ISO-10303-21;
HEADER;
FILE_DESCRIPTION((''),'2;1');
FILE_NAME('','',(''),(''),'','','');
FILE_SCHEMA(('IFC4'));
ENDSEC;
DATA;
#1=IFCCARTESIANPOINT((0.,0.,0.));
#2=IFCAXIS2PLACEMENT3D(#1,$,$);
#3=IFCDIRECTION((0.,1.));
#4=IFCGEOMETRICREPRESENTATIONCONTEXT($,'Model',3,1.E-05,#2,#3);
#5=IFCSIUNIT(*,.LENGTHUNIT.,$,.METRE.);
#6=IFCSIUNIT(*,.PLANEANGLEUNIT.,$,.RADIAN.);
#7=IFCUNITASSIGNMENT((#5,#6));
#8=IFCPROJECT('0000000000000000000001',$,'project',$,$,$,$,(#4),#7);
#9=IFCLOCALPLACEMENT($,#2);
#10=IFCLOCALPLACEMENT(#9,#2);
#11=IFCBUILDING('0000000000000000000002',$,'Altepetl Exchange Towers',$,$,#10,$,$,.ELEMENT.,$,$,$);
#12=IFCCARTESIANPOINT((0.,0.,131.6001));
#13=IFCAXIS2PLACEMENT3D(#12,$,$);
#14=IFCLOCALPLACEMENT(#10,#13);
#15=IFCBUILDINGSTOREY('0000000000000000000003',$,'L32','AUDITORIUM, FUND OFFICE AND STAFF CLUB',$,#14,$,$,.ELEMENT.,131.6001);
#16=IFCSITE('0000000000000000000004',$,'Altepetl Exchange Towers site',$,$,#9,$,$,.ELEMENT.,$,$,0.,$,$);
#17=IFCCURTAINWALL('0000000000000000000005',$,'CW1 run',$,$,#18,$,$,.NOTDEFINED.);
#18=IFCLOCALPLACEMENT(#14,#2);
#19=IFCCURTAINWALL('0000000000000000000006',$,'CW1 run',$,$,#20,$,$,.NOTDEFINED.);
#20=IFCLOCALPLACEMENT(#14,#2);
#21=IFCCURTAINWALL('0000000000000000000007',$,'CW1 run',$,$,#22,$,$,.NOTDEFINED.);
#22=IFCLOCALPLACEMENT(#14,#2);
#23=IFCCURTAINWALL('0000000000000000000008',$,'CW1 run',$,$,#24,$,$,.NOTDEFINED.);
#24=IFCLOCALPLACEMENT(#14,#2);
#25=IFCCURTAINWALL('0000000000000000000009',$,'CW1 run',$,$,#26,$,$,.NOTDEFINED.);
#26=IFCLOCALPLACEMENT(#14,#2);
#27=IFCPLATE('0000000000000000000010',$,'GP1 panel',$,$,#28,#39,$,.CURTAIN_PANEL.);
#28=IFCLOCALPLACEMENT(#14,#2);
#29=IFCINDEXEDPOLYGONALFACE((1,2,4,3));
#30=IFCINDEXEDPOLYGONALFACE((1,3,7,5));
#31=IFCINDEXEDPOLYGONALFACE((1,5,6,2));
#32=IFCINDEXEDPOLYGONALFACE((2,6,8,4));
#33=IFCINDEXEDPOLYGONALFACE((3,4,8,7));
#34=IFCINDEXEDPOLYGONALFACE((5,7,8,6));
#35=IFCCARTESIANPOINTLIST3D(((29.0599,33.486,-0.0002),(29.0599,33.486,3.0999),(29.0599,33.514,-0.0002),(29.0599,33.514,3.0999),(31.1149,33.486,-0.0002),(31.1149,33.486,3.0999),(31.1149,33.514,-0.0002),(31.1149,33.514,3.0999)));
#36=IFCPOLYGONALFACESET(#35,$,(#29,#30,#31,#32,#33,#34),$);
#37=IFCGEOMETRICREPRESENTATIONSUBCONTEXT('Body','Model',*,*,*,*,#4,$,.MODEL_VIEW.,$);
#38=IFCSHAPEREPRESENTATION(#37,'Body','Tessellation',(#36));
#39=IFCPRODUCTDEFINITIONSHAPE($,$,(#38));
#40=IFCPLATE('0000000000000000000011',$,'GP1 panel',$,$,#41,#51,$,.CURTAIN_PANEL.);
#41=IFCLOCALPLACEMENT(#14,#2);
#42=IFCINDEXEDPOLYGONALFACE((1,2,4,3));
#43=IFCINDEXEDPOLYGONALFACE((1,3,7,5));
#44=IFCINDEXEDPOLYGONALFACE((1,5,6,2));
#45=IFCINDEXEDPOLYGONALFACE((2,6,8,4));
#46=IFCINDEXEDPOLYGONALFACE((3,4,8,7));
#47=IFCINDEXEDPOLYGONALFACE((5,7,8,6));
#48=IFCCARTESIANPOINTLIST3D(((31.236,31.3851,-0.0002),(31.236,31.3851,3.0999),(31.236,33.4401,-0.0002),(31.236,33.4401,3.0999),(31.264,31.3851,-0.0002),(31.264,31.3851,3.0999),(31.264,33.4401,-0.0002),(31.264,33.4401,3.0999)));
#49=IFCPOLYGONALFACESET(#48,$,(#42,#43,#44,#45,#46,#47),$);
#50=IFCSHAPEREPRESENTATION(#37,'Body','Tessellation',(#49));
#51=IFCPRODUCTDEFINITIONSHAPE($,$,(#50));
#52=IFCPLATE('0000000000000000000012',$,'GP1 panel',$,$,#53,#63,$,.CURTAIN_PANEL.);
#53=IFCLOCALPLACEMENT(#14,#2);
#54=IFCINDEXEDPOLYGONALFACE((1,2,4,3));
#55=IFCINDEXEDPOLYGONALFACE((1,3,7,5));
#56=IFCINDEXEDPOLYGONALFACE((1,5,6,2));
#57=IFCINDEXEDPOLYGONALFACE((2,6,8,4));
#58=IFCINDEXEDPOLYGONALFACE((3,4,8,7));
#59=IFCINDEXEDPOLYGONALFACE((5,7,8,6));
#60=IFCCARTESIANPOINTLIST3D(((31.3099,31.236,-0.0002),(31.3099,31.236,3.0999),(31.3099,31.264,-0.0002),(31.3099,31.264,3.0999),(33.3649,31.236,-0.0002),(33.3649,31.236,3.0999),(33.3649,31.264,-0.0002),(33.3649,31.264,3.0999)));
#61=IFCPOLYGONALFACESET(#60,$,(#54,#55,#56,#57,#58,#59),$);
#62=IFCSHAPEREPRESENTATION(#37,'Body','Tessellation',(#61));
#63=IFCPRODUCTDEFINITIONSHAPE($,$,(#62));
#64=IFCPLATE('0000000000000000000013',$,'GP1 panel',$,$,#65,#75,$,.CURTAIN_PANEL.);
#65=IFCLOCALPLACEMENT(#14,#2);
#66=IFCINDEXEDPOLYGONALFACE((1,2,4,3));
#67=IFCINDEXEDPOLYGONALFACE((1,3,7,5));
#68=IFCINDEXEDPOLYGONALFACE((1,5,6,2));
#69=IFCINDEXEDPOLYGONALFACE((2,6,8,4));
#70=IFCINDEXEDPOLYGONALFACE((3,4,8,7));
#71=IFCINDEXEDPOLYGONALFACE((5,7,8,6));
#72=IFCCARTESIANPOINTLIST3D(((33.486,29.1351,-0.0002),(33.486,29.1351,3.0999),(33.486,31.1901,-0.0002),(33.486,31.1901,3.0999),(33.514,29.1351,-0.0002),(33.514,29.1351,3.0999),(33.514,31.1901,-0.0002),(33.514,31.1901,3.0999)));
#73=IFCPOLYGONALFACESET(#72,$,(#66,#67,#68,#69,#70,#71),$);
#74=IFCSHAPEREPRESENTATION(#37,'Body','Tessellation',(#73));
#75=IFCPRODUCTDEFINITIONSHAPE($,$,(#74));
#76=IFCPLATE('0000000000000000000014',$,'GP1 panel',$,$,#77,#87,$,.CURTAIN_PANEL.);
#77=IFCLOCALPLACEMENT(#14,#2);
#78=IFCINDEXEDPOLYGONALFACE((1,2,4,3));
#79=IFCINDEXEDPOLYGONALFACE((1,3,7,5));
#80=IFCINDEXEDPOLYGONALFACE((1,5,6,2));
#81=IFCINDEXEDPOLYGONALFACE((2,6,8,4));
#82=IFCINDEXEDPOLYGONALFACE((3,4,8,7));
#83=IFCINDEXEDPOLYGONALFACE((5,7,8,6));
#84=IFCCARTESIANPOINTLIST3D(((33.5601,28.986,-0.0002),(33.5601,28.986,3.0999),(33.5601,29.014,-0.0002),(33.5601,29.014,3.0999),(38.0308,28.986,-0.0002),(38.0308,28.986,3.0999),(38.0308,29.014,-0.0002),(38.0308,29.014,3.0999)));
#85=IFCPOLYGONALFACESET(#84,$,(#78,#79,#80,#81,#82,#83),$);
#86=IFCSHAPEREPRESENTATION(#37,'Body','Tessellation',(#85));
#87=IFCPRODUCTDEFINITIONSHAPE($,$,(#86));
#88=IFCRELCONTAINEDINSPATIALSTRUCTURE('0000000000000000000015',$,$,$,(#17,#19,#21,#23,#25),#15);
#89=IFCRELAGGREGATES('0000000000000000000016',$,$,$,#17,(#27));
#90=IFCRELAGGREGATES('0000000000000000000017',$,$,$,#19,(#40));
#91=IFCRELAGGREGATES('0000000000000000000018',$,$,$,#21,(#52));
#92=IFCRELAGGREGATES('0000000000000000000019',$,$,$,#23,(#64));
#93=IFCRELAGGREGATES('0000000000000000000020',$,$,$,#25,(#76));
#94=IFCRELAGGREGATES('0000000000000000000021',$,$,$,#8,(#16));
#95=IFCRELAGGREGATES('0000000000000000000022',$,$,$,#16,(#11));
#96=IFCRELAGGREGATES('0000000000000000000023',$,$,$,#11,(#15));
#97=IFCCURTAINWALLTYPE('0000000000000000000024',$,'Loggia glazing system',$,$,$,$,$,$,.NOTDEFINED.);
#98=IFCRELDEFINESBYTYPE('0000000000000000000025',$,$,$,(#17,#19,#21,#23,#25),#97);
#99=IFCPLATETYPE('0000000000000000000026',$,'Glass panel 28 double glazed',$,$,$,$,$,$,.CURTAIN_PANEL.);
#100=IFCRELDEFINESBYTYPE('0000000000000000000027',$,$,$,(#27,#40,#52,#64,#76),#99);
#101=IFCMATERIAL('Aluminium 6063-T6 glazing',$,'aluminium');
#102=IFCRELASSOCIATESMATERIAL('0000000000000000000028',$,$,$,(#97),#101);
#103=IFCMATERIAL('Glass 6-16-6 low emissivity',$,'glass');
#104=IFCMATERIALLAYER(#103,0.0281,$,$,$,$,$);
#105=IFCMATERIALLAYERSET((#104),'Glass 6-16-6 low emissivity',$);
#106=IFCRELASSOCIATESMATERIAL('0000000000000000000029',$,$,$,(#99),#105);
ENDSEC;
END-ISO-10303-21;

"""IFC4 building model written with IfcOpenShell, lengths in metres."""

from ifc_helpers import new_model, si_unit, direction, frame, origin, origin_2d, place, context, subcontext, project, spatial, rectangle, extrude, material, layer, layer_set, type_object, element, aggregate, save


model = new_model("IFC4")

# Units and contexts
model_context = context("Model", 3, precision=1e-05, world=origin(), true_north=direction((0.0, 1.0)))
body_context = subcontext(model_context, "Body", "Model", "MODEL_VIEW")
ifc_project = project(units=[si_unit("LENGTHUNIT", "METRE"), si_unit("PLANEANGLEUNIT", "RADIAN")], contexts=[model_context])

# Site, building, storey
site_placement = place(None, origin())
site = spatial("IfcSite", under=ifc_project, at=site_placement, Name="Altepetl Exchange Towers site", CompositionType="ELEMENT", RefElevation=0.0)
building_placement = place(site_placement, origin())
building = spatial("IfcBuilding", under=site, at=building_placement, Name="Altepetl Exchange Towers", CompositionType="ELEMENT")
storey_placement = place(building_placement, frame((0.0, 0.0, 131.6001)))
storey = spatial("IfcBuildingStorey", under=building, at=storey_placement, Name="L32", Description="AUDITORIUM, FUND OFFICE AND STAFF CLUB", CompositionType="ELEMENT", Elevation=131.6001)

# Curtain walls
ifc_material_1 = material(Name="Aluminium 6063-T6 glazing", Category="aluminium")
curtain_wall_type = type_object("IfcCurtainWallType", Name="Loggia glazing system", PredefinedType="NOTDEFINED", material=ifc_material_1)
curtain_wall_1_placement = place(storey_placement, origin())
curtain_wall_1 = element("IfcCurtainWall", 1, at=curtain_wall_1_placement, inside=storey, type_object=curtain_wall_type, Name="CW1 run", PredefinedType="NOTDEFINED")
curtain_wall_2_placement = place(storey_placement, origin())
curtain_wall_2 = element("IfcCurtainWall", 2, at=curtain_wall_2_placement, inside=storey, type_object=curtain_wall_type, Name="CW1 run", PredefinedType="NOTDEFINED")
curtain_wall_3_placement = place(storey_placement, origin())
curtain_wall_3 = element("IfcCurtainWall", 3, at=curtain_wall_3_placement, inside=storey, type_object=curtain_wall_type, Name="CW1 run", PredefinedType="NOTDEFINED")
curtain_wall_4_placement = place(storey_placement, origin())
curtain_wall_4 = element("IfcCurtainWall", 4, at=curtain_wall_4_placement, inside=storey, type_object=curtain_wall_type, Name="CW1 run", PredefinedType="NOTDEFINED")

# Curtain wall
curtain_wall_5_placement = place(storey_placement, origin())
curtain_wall_5 = element("IfcCurtainWall", 5, at=curtain_wall_5_placement, inside=storey, type_object=curtain_wall_type, Name="CW1 run", PredefinedType="NOTDEFINED")

# Plates
ifc_material_2 = material(Name="Glass 6-16-6 low emissivity", Category="glass")
ifc_layer = layer(ifc_material_2, 0.0281)
ifc_layer_set = layer_set([ifc_layer], Name="Glass 6-16-6 low emissivity")
plate_type = type_object("IfcPlateType", Name="Glass panel 28 double glazed", PredefinedType="CURTAIN_PANEL", material=ifc_layer_set)
plate_1_placement = place(storey_placement, frame((30.0874, 33.5, -0.0002)))
plate_1 = element("IfcPlate", 6, at=plate_1_placement, type_object=plate_type, Name="GP1 panel", PredefinedType="CURTAIN_PANEL", context=body_context, shape_type="SweptSolid", body=[
    extrude(rectangle(XDim=2.0549, YDim=0.0281, at=origin_2d()), origin(), (0.0, 0.0, 1.0), 3.1001),
])
aggregate(curtain_wall_1, [plate_1])
plate_2_placement = place(storey_placement, frame((31.25, 32.4126, -0.0002), z_axis=(0.0, 0.0, 1.0), x_axis=(0.0, -1.0, 0.0)))
plate_2 = element("IfcPlate", 7, at=plate_2_placement, type_object=plate_type, Name="GP1 panel", PredefinedType="CURTAIN_PANEL", context=body_context, shape_type="SweptSolid", body=[
    extrude(rectangle(XDim=2.0549, YDim=0.0281, at=origin_2d()), origin(), (0.0, 0.0, 1.0), 3.1001),
])
aggregate(curtain_wall_2, [plate_2])
plate_3_placement = place(storey_placement, frame((32.3374, 31.25, -0.0002)))
plate_3 = element("IfcPlate", 8, at=plate_3_placement, type_object=plate_type, Name="GP1 panel", PredefinedType="CURTAIN_PANEL", context=body_context, shape_type="SweptSolid", body=[
    extrude(rectangle(XDim=2.0549, YDim=0.0281, at=origin_2d()), origin(), (0.0, 0.0, 1.0), 3.1001),
])
aggregate(curtain_wall_3, [plate_3])
plate_4_placement = place(storey_placement, frame((33.5, 30.1626, -0.0002), z_axis=(0.0, 0.0, 1.0), x_axis=(0.0, -1.0, 0.0)))
plate_4 = element("IfcPlate", 9, at=plate_4_placement, type_object=plate_type, Name="GP1 panel", PredefinedType="CURTAIN_PANEL", context=body_context, shape_type="SweptSolid", body=[
    extrude(rectangle(XDim=2.0549, YDim=0.0281, at=origin_2d()), origin(), (0.0, 0.0, 1.0), 3.1001),
])
aggregate(curtain_wall_4, [plate_4])
plate_5_placement = place(storey_placement, frame((35.7954, 29.0, -0.0002)))
plate_5 = element("IfcPlate", 10, at=plate_5_placement, type_object=plate_type, Name="GP1 panel", PredefinedType="CURTAIN_PANEL", context=body_context, shape_type="SweptSolid", body=[
    extrude(rectangle(XDim=4.4707, YDim=0.0281, at=origin_2d()), origin(), (0.0, 0.0, 1.0), 3.1001),
])
aggregate(curtain_wall_5, [plate_5])

save(model, "model.ifc")
